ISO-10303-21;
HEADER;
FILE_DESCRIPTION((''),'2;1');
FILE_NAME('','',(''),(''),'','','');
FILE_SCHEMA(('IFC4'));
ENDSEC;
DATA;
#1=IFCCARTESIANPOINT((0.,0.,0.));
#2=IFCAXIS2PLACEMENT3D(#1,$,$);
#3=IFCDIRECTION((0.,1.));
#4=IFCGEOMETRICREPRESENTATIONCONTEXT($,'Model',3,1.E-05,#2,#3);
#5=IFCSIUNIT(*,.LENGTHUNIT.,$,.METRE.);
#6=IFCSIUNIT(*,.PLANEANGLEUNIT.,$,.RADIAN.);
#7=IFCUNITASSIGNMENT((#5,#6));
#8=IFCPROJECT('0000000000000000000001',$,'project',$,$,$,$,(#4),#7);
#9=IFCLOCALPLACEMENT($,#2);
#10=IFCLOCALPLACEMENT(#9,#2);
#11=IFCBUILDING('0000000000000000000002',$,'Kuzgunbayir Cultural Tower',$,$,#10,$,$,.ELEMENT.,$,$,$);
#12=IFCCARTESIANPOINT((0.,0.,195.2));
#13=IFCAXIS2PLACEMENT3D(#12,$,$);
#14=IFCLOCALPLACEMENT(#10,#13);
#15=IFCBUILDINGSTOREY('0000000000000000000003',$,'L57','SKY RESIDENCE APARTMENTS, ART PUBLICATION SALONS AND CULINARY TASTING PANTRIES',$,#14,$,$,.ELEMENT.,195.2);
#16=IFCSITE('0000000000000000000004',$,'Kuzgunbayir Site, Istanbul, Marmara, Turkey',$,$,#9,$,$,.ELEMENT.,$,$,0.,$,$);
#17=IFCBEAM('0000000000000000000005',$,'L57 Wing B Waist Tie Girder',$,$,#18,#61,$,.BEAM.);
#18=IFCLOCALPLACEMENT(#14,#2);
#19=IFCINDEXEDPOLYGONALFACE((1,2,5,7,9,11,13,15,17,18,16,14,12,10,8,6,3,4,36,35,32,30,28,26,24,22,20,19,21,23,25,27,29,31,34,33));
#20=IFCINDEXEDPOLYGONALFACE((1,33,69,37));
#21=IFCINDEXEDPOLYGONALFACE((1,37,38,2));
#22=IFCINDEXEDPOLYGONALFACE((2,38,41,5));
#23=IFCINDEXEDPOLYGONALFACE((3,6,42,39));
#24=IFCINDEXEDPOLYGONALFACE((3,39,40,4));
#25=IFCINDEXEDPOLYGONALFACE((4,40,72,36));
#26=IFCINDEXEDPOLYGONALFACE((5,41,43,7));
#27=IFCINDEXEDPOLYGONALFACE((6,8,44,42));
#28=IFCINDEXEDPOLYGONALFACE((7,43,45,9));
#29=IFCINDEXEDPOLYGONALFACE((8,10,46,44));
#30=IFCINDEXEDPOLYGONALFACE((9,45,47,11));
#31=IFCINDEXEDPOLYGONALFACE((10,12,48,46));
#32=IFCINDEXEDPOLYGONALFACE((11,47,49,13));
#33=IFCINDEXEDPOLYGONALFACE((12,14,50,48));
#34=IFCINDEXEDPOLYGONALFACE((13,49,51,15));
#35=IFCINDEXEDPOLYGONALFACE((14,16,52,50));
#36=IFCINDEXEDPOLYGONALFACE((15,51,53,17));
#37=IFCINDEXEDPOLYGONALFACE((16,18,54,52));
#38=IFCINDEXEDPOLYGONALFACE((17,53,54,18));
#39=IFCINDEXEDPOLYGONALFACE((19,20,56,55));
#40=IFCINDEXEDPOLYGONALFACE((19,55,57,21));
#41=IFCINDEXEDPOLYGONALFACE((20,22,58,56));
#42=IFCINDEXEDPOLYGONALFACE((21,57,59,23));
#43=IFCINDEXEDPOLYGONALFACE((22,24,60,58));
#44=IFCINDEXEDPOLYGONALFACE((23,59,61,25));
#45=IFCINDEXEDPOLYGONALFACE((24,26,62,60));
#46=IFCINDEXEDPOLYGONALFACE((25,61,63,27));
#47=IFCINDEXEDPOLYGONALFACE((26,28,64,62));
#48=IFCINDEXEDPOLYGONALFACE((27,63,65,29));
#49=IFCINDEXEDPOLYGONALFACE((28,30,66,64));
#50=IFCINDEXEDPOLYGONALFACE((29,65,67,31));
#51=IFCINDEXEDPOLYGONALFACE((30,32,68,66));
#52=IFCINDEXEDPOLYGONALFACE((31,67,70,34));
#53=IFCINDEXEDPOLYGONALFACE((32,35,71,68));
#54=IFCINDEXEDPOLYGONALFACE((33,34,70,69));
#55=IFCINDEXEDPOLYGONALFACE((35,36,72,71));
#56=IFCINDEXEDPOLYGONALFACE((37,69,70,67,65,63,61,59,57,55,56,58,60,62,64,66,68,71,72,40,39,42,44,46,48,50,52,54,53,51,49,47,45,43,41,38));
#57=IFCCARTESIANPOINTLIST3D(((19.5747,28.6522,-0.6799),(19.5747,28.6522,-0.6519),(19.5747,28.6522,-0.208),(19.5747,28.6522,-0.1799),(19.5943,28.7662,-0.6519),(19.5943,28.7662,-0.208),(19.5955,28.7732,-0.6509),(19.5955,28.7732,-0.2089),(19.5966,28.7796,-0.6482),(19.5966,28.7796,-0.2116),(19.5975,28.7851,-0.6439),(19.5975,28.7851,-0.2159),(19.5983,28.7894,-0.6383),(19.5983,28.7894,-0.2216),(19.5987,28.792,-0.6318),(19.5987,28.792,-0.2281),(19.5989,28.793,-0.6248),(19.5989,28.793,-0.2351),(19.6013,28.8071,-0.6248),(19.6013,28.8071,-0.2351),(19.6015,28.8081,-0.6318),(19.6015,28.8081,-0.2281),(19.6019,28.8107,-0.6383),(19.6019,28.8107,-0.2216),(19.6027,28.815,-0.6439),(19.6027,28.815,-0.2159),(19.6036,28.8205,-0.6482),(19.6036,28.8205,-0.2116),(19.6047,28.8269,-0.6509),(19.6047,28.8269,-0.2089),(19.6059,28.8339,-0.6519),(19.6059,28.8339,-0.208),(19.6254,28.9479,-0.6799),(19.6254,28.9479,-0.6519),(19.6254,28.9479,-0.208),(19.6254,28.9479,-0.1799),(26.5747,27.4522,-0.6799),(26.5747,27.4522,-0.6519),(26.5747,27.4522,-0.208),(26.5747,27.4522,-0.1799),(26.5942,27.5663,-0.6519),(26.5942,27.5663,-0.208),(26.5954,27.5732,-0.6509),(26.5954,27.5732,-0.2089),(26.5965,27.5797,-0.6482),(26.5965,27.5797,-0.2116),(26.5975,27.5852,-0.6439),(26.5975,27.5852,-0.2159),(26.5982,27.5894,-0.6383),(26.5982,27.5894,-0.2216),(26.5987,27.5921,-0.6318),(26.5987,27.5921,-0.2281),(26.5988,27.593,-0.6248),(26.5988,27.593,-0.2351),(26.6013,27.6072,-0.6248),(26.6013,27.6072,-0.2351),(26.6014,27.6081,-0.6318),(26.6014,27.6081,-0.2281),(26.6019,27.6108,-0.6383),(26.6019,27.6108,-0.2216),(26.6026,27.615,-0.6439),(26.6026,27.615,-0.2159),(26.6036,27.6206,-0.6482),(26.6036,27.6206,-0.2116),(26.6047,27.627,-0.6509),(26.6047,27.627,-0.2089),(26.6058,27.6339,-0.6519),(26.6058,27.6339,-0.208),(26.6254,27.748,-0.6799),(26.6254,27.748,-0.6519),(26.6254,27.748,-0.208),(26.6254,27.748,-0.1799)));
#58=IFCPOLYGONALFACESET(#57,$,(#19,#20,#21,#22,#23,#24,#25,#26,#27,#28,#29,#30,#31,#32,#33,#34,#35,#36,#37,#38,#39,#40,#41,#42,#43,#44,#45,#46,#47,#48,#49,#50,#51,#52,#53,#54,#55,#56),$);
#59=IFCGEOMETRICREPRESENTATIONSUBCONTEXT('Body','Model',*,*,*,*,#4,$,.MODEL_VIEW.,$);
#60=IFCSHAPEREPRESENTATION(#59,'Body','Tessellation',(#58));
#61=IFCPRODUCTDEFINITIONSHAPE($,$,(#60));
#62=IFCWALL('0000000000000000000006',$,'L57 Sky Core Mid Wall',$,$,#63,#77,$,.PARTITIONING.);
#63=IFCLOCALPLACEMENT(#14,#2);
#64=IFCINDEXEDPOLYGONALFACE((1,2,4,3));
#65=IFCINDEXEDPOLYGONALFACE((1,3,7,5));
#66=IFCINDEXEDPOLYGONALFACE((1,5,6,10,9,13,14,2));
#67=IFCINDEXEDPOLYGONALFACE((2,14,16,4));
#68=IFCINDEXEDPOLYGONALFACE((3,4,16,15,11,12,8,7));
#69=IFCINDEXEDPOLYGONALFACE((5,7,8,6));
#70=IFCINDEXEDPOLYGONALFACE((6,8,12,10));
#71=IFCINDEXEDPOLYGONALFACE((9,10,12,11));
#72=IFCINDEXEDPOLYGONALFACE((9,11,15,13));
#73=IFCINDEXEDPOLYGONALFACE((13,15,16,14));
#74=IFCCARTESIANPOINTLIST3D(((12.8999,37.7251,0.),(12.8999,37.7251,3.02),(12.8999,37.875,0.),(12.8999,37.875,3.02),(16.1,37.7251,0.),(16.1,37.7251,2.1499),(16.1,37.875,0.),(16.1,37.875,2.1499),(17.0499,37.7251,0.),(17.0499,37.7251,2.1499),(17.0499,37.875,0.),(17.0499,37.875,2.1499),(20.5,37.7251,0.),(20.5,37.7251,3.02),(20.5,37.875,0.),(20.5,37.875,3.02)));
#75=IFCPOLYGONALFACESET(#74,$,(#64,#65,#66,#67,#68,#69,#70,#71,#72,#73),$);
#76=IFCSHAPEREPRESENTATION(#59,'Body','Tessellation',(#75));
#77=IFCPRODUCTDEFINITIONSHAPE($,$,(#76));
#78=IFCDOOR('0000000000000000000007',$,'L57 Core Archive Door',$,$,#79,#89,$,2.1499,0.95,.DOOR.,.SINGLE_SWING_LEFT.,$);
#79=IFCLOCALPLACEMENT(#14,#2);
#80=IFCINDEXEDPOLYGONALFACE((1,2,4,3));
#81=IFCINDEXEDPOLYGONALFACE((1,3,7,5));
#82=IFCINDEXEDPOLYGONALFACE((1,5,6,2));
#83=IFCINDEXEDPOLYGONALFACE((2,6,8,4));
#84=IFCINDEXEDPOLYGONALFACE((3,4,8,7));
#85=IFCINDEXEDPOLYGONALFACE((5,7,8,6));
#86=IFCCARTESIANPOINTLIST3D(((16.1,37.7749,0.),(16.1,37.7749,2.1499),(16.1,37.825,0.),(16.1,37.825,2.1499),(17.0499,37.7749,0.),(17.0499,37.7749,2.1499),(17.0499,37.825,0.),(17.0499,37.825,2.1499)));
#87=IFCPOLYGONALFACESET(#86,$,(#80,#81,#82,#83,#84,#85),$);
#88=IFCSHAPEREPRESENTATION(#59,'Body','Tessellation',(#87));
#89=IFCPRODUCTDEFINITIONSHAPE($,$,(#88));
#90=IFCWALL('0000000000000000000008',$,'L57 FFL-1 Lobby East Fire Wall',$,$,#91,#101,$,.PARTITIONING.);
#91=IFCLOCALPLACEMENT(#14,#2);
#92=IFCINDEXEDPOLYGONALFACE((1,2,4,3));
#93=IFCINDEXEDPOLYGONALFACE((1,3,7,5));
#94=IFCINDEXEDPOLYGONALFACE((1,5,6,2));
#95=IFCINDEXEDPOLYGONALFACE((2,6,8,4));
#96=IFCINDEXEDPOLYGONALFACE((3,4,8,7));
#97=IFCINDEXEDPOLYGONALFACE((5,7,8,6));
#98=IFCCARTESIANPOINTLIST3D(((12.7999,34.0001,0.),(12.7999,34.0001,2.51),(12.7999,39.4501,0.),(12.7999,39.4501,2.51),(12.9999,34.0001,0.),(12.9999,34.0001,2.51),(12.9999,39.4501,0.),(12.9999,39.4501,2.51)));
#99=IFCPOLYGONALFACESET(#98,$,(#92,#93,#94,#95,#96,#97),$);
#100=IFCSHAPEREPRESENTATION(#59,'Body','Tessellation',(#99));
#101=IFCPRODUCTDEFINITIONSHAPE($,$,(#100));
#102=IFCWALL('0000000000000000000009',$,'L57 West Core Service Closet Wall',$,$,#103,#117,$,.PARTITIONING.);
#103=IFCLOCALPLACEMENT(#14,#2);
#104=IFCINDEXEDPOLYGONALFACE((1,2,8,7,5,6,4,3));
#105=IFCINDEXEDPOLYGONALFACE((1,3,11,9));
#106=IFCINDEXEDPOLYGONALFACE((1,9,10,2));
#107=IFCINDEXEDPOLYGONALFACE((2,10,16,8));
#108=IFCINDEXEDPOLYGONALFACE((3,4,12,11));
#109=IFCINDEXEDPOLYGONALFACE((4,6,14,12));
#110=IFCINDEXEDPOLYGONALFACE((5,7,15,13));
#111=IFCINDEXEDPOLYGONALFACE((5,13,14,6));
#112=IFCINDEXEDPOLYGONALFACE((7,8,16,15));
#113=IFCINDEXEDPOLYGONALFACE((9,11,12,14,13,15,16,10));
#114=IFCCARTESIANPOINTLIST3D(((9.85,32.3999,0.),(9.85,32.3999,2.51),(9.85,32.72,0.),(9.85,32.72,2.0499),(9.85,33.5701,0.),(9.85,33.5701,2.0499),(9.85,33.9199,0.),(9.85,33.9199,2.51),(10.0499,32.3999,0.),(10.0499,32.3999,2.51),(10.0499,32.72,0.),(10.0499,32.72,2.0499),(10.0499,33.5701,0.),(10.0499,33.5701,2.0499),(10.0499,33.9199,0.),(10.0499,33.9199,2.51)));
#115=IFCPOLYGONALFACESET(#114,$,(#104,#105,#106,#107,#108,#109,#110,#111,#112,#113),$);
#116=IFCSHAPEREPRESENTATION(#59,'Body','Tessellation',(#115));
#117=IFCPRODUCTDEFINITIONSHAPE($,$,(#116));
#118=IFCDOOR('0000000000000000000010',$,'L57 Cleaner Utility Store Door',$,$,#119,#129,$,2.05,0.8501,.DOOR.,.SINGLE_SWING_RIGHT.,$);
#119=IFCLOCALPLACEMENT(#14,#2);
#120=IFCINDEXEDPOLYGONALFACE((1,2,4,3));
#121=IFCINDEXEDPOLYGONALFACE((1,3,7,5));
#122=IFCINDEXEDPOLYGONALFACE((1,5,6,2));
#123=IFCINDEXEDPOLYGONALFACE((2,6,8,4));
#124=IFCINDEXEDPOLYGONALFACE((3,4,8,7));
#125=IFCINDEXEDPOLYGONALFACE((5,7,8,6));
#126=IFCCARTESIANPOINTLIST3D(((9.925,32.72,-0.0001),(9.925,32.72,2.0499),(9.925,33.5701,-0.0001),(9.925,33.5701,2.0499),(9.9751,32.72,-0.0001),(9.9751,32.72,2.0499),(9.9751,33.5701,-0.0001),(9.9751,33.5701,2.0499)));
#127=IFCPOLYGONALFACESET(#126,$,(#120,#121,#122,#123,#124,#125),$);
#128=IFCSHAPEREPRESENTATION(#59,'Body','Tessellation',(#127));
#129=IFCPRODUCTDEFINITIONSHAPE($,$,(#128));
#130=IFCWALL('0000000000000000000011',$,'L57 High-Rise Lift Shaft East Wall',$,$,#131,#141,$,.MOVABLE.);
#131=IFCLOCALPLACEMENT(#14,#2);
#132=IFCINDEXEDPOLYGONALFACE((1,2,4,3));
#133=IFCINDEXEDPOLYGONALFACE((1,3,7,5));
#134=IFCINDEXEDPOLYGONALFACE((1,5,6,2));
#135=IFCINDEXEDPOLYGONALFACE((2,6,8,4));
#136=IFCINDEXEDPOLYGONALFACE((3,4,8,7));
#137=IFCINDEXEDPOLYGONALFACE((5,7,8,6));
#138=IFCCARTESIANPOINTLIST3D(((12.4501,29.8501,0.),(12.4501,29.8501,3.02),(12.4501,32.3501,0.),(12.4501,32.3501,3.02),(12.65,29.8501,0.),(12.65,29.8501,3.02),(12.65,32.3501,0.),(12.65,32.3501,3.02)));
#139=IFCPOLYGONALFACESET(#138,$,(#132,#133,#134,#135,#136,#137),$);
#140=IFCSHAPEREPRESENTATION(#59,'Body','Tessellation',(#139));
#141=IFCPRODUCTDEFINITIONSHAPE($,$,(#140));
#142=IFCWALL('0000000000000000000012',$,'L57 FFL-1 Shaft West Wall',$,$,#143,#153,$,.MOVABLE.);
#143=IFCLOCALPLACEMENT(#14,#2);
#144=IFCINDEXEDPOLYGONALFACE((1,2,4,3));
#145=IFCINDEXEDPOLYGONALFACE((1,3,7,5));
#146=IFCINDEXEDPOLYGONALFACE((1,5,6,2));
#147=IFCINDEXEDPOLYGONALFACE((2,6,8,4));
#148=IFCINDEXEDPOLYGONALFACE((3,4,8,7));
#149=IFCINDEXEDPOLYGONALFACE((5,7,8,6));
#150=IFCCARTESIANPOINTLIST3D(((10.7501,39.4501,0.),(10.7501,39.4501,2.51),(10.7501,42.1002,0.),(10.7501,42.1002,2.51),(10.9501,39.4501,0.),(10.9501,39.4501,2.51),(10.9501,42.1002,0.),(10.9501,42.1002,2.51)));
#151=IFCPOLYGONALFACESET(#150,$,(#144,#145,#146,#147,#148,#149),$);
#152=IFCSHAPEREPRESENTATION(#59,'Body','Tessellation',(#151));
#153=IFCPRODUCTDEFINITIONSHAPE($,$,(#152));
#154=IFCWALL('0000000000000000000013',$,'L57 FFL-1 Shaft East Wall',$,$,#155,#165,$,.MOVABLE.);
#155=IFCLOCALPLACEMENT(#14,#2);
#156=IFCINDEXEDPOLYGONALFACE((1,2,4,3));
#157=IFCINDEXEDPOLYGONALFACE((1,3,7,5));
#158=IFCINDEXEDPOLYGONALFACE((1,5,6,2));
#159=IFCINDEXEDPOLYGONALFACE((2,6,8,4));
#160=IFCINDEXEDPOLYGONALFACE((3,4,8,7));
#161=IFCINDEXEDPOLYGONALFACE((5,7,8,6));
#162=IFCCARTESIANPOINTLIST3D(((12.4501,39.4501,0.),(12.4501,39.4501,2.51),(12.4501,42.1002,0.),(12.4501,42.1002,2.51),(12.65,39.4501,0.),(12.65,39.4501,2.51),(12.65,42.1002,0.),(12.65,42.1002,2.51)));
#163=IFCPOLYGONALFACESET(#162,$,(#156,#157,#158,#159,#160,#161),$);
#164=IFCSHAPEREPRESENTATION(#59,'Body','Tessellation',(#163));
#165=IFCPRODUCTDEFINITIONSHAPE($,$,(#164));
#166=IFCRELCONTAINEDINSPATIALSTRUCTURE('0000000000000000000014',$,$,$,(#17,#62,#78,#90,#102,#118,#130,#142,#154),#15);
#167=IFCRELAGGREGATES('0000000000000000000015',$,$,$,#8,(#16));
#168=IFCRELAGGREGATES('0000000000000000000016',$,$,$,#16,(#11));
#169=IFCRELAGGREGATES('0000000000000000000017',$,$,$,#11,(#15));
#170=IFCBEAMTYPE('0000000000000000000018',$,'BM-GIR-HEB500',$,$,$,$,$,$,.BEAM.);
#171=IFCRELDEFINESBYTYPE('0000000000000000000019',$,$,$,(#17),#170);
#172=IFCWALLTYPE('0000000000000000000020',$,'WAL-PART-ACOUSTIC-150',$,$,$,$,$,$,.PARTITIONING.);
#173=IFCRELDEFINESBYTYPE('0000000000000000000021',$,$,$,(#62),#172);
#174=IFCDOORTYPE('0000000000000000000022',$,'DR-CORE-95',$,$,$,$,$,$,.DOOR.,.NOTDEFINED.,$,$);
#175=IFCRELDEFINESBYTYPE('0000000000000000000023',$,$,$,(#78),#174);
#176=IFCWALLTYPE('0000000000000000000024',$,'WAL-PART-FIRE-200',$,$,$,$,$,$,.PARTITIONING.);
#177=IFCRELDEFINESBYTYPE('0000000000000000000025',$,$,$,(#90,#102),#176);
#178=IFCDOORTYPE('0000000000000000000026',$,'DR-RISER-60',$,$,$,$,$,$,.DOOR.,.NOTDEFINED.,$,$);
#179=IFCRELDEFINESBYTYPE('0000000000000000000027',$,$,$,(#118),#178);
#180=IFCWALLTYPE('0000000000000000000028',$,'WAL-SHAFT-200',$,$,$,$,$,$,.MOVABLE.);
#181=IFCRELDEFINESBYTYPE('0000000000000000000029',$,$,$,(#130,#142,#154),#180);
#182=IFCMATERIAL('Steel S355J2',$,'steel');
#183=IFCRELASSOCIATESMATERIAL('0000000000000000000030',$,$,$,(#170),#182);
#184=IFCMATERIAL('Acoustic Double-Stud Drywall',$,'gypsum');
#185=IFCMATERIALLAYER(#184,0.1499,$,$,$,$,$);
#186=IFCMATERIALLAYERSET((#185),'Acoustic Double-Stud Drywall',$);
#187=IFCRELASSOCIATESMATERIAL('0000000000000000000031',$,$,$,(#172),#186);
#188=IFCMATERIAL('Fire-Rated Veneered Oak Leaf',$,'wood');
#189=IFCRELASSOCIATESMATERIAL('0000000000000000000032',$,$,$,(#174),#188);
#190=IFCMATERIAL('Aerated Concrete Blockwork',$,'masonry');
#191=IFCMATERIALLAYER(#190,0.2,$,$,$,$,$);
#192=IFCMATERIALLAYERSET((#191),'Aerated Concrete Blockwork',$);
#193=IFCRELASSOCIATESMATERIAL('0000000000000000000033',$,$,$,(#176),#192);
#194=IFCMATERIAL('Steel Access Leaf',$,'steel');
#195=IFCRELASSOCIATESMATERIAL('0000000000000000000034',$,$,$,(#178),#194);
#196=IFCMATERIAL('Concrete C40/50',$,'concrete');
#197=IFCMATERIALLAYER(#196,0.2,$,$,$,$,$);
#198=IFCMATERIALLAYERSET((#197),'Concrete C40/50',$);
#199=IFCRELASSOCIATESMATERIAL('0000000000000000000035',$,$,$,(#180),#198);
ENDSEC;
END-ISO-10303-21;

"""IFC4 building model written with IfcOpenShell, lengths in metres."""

from ifc_helpers import new_model, si_unit, direction, frame, frame_2d, origin, origin_2d, place, context, subcontext, project, spatial, rectangle, i_section, extrude, material, layer, layer_set, material_profile, profile_set, type_object, element, fill, save


model = new_model("IFC4")

# Units and contexts
model_context = context("Model", 3, precision=1e-05, world=origin(), true_north=direction((0.0, 1.0)))
body_context = subcontext(model_context, "Body", "Model", "MODEL_VIEW")
ifc_project = project(units=[si_unit("LENGTHUNIT", "METRE"), si_unit("PLANEANGLEUNIT", "RADIAN")], contexts=[model_context])

# Site, building, storey
site_placement = place(None, origin())
site = spatial("IfcSite", under=ifc_project, at=site_placement, Name="Kuzgunbayir Site, Istanbul, Marmara, Turkey", CompositionType="ELEMENT", RefElevation=0.0)
building_placement = place(site_placement, origin())
building = spatial("IfcBuilding", under=site, at=building_placement, Name="Kuzgunbayir Cultural Tower", CompositionType="ELEMENT")
storey_placement = place(building_placement, frame((0.0, 0.0, 195.2)))
storey = spatial("IfcBuildingStorey", under=building, at=storey_placement, Name="L57", Description="SKY RESIDENCE APARTMENTS, ART PUBLICATION SALONS AND CULINARY TASTING PANTRIES", CompositionType="ELEMENT", Elevation=195.2)

# Beam
ifc_material_1 = material(Name="Steel S355J2", Category="steel")
ifc_material_profile_1 = material_profile(ifc_material_1, i_section(OverallWidth=0.3, OverallDepth=0.5, WebThickness=0.0144, FlangeThickness=0.0281, FilletRadius=0.0271, at=origin_2d()), Name="HEB 500")
ifc_profile_set_1 = profile_set([ifc_material_profile_1], Name="Steel S355J2")
beam_type = type_object("IfcBeamType", Name="BM-GIR-HEB500", PredefinedType="BEAM", material=ifc_profile_set_1)
beam_1_placement = place(storey_placement, frame((19.6001, 28.8, -0.4299), z_axis=(0.985623, -0.168957, 0.0), x_axis=(0.168957, 0.985623, 0.0)))
element("IfcBeam", 1, at=beam_1_placement, inside=storey, type_object=beam_type, Name="L57 Wing B Waist Tie Girder", PredefinedType="BEAM", context=body_context, shape_type="SweptSolid", body=[
    extrude(i_section(OverallWidth=0.3, OverallDepth=0.5, WebThickness=0.0144, FlangeThickness=0.0281, FilletRadius=0.0271, at=origin_2d()), origin(), (0.0, 0.0, 1.0), 7.1021),
])

# Wall, opening, door
ifc_material_2 = material(Name="Acoustic Double-Stud Drywall", Category="gypsum")
ifc_layer_1 = layer(ifc_material_2, 0.1499)
ifc_layer_set_1 = layer_set([ifc_layer_1], Name="Acoustic Double-Stud Drywall")
wall_type_1 = type_object("IfcWallType", Name="WAL-PART-ACOUSTIC-150", PredefinedType="PARTITIONING", material=ifc_layer_set_1)
wall_1_placement = place(storey_placement, frame((12.8999, 37.8, 0.0), z_axis=(0.0, 0.0, 1.0), x_axis=(1.0, 0.0, 0.0)))
wall_1 = element("IfcWall", 2, at=wall_1_placement, inside=storey, type_object=wall_type_1, Name="L57 Sky Core Mid Wall", PredefinedType="PARTITIONING", context=body_context, shape_type="SweptSolid", body=[
    extrude(rectangle(XDim=7.6001, YDim=0.1499, at=frame_2d((3.8, 0.0))), origin(), (0.0, 0.0, 1.0), 3.02),
])
opening_1_placement = place(wall_1_placement, frame((3.2, 0.0, 0.0)))
opening_1 = element("IfcOpeningElement", 3, at=opening_1_placement, cuts=wall_1, PredefinedType="OPENING", context=body_context, shape_type="SweptSolid", body=[
    extrude(rectangle(XDim=0.95, YDim=2.1499, at=frame_2d((0.4751, 1.075))), frame((0.0, 0.085, 0.0), z_axis=(0.0, -1.0, 0.0), x_axis=(1.0, 0.0, 0.0)), (0.0, 0.0, 1.0), 0.1699),
])
ifc_material_3 = material(Name="Fire-Rated Veneered Oak Leaf", Category="wood")
door_type_1 = type_object("IfcDoorType", Name="DR-CORE-95", OperationType="NOTDEFINED", PredefinedType="DOOR", material=ifc_material_3)
door_1_placement = place(opening_1_placement, origin())
door_1 = element("IfcDoor", 4, at=door_1_placement, inside=storey, type_object=door_type_1, Name="L57 Core Archive Door", OperationType="SINGLE_SWING_LEFT", OverallHeight=2.1499, OverallWidth=0.95, PredefinedType="DOOR", context=body_context, shape_type="SweptSolid", body=[
    extrude(rectangle(XDim=0.95, YDim=2.1499, at=frame_2d((0.4751, 1.075))), frame((0.0, 0.0249, 0.0), z_axis=(0.0, -1.0, 0.0), x_axis=(1.0, 0.0, 0.0)), (0.0, 0.0, 1.0), 0.05),
])
fill(opening_1, door_1)

# Wall
ifc_material_4 = material(Name="Aerated Concrete Blockwork", Category="masonry")
ifc_layer_2 = layer(ifc_material_4, 0.2)
ifc_layer_set_2 = layer_set([ifc_layer_2], Name="Aerated Concrete Blockwork")
wall_type_2 = type_object("IfcWallType", Name="WAL-PART-FIRE-200", PredefinedType="PARTITIONING", material=ifc_layer_set_2)
wall_2_placement = place(storey_placement, frame((12.8999, 34.0, 0.0), z_axis=(0.0, 0.0, 1.0), x_axis=(0.0, 1.0, 0.0)))
element("IfcWall", 5, at=wall_2_placement, inside=storey, type_object=wall_type_2, Name="L57 FFL-1 Lobby East Fire Wall", PredefinedType="PARTITIONING", context=body_context, shape_type="SweptSolid", body=[
    extrude(rectangle(XDim=5.45, YDim=0.2, at=frame_2d((2.7251, 0.0))), origin(), (0.0, 0.0, 1.0), 2.51),
])

# Wall, opening, door
wall_3_placement = place(storey_placement, frame((9.95, 32.3999, 0.0), z_axis=(0.0, 0.0, 1.0), x_axis=(0.0, 1.0, 0.0)))
wall_3 = element("IfcWall", 6, at=wall_3_placement, inside=storey, type_object=wall_type_2, Name="L57 West Core Service Closet Wall", PredefinedType="PARTITIONING", context=body_context, shape_type="SweptSolid", body=[
    extrude(rectangle(XDim=1.52, YDim=0.2, at=frame_2d((0.76, 0.0))), origin(), (0.0, 0.0, 1.0), 2.51),
])
opening_2_placement = place(wall_3_placement, frame((0.3201, 0.0, 0.0)))
opening_2 = element("IfcOpeningElement", 7, at=opening_2_placement, cuts=wall_3, PredefinedType="OPENING", context=body_context, shape_type="SweptSolid", body=[
    extrude(rectangle(XDim=0.8501, YDim=2.05, at=frame_2d((0.425, 1.0249))), frame((0.0, 0.1099, 0.0), z_axis=(0.0, -1.0, 0.0), x_axis=(1.0, 0.0, 0.0)), (0.0, 0.0, 1.0), 0.22),
])
ifc_material_5 = material(Name="Steel Access Leaf", Category="steel")
door_type_2 = type_object("IfcDoorType", Name="DR-RISER-60", OperationType="NOTDEFINED", PredefinedType="DOOR", material=ifc_material_5)
door_2_placement = place(opening_2_placement, origin())
door_2 = element("IfcDoor", 8, at=door_2_placement, inside=storey, type_object=door_type_2, Name="L57 Cleaner Utility Store Door", OperationType="SINGLE_SWING_RIGHT", OverallHeight=2.05, OverallWidth=0.8501, PredefinedType="DOOR", context=body_context, shape_type="SweptSolid", body=[
    extrude(rectangle(XDim=0.8501, YDim=2.05, at=frame_2d((0.425, 1.0249))), frame((0.0, 0.0249, 0.0), z_axis=(0.0, -1.0, 0.0), x_axis=(1.0, 0.0, 0.0)), (0.0, 0.0, 1.0), 0.05),
])
fill(opening_2, door_2)

# Wall
ifc_material_6 = material(Name="Concrete C40/50", Category="concrete")
ifc_layer_3 = layer(ifc_material_6, 0.2)
ifc_layer_set_3 = layer_set([ifc_layer_3], Name="Concrete C40/50")
wall_type_3 = type_object("IfcWallType", Name="WAL-SHAFT-200", PredefinedType="MOVABLE", material=ifc_layer_set_3)
wall_4_placement = place(storey_placement, frame((12.55, 29.8501, 0.0), z_axis=(0.0, 0.0, 1.0), x_axis=(0.0, 1.0, 0.0)))
element("IfcWall", 9, at=wall_4_placement, inside=storey, type_object=wall_type_3, Name="L57 High-Rise Lift Shaft East Wall", PredefinedType="MOVABLE", context=body_context, shape_type="SweptSolid", body=[
    extrude(rectangle(XDim=2.5, YDim=0.2, at=frame_2d((1.25, 0.0))), origin(), (0.0, 0.0, 1.0), 3.02),
])

# Walls
for number, where, z_axis, x_axis, name in (
    (10, (10.8501, 39.45, 0.0), (0.0, 0.0, 1.0), (0.0, 1.0, 0.0), "L57 FFL-1 Shaft West Wall"),
    (11, (12.55, 39.45, 0.0), (0.0, 0.0, 1.0), (0.0, 1.0, 0.0), "L57 FFL-1 Shaft East Wall"),
):
    element("IfcWall", number, at=place(storey_placement, frame(where, z_axis=z_axis, x_axis=x_axis)), inside=storey, type_object=wall_type_3, Name=name, PredefinedType="MOVABLE", context=body_context, shape_type="SweptSolid", body=[
        extrude(rectangle(XDim=2.6501, YDim=0.2, at=frame_2d((1.3252, 0.0))), origin(), (0.0, 0.0, 1.0), 2.51),
    ])

save(model, "model.ifc")
